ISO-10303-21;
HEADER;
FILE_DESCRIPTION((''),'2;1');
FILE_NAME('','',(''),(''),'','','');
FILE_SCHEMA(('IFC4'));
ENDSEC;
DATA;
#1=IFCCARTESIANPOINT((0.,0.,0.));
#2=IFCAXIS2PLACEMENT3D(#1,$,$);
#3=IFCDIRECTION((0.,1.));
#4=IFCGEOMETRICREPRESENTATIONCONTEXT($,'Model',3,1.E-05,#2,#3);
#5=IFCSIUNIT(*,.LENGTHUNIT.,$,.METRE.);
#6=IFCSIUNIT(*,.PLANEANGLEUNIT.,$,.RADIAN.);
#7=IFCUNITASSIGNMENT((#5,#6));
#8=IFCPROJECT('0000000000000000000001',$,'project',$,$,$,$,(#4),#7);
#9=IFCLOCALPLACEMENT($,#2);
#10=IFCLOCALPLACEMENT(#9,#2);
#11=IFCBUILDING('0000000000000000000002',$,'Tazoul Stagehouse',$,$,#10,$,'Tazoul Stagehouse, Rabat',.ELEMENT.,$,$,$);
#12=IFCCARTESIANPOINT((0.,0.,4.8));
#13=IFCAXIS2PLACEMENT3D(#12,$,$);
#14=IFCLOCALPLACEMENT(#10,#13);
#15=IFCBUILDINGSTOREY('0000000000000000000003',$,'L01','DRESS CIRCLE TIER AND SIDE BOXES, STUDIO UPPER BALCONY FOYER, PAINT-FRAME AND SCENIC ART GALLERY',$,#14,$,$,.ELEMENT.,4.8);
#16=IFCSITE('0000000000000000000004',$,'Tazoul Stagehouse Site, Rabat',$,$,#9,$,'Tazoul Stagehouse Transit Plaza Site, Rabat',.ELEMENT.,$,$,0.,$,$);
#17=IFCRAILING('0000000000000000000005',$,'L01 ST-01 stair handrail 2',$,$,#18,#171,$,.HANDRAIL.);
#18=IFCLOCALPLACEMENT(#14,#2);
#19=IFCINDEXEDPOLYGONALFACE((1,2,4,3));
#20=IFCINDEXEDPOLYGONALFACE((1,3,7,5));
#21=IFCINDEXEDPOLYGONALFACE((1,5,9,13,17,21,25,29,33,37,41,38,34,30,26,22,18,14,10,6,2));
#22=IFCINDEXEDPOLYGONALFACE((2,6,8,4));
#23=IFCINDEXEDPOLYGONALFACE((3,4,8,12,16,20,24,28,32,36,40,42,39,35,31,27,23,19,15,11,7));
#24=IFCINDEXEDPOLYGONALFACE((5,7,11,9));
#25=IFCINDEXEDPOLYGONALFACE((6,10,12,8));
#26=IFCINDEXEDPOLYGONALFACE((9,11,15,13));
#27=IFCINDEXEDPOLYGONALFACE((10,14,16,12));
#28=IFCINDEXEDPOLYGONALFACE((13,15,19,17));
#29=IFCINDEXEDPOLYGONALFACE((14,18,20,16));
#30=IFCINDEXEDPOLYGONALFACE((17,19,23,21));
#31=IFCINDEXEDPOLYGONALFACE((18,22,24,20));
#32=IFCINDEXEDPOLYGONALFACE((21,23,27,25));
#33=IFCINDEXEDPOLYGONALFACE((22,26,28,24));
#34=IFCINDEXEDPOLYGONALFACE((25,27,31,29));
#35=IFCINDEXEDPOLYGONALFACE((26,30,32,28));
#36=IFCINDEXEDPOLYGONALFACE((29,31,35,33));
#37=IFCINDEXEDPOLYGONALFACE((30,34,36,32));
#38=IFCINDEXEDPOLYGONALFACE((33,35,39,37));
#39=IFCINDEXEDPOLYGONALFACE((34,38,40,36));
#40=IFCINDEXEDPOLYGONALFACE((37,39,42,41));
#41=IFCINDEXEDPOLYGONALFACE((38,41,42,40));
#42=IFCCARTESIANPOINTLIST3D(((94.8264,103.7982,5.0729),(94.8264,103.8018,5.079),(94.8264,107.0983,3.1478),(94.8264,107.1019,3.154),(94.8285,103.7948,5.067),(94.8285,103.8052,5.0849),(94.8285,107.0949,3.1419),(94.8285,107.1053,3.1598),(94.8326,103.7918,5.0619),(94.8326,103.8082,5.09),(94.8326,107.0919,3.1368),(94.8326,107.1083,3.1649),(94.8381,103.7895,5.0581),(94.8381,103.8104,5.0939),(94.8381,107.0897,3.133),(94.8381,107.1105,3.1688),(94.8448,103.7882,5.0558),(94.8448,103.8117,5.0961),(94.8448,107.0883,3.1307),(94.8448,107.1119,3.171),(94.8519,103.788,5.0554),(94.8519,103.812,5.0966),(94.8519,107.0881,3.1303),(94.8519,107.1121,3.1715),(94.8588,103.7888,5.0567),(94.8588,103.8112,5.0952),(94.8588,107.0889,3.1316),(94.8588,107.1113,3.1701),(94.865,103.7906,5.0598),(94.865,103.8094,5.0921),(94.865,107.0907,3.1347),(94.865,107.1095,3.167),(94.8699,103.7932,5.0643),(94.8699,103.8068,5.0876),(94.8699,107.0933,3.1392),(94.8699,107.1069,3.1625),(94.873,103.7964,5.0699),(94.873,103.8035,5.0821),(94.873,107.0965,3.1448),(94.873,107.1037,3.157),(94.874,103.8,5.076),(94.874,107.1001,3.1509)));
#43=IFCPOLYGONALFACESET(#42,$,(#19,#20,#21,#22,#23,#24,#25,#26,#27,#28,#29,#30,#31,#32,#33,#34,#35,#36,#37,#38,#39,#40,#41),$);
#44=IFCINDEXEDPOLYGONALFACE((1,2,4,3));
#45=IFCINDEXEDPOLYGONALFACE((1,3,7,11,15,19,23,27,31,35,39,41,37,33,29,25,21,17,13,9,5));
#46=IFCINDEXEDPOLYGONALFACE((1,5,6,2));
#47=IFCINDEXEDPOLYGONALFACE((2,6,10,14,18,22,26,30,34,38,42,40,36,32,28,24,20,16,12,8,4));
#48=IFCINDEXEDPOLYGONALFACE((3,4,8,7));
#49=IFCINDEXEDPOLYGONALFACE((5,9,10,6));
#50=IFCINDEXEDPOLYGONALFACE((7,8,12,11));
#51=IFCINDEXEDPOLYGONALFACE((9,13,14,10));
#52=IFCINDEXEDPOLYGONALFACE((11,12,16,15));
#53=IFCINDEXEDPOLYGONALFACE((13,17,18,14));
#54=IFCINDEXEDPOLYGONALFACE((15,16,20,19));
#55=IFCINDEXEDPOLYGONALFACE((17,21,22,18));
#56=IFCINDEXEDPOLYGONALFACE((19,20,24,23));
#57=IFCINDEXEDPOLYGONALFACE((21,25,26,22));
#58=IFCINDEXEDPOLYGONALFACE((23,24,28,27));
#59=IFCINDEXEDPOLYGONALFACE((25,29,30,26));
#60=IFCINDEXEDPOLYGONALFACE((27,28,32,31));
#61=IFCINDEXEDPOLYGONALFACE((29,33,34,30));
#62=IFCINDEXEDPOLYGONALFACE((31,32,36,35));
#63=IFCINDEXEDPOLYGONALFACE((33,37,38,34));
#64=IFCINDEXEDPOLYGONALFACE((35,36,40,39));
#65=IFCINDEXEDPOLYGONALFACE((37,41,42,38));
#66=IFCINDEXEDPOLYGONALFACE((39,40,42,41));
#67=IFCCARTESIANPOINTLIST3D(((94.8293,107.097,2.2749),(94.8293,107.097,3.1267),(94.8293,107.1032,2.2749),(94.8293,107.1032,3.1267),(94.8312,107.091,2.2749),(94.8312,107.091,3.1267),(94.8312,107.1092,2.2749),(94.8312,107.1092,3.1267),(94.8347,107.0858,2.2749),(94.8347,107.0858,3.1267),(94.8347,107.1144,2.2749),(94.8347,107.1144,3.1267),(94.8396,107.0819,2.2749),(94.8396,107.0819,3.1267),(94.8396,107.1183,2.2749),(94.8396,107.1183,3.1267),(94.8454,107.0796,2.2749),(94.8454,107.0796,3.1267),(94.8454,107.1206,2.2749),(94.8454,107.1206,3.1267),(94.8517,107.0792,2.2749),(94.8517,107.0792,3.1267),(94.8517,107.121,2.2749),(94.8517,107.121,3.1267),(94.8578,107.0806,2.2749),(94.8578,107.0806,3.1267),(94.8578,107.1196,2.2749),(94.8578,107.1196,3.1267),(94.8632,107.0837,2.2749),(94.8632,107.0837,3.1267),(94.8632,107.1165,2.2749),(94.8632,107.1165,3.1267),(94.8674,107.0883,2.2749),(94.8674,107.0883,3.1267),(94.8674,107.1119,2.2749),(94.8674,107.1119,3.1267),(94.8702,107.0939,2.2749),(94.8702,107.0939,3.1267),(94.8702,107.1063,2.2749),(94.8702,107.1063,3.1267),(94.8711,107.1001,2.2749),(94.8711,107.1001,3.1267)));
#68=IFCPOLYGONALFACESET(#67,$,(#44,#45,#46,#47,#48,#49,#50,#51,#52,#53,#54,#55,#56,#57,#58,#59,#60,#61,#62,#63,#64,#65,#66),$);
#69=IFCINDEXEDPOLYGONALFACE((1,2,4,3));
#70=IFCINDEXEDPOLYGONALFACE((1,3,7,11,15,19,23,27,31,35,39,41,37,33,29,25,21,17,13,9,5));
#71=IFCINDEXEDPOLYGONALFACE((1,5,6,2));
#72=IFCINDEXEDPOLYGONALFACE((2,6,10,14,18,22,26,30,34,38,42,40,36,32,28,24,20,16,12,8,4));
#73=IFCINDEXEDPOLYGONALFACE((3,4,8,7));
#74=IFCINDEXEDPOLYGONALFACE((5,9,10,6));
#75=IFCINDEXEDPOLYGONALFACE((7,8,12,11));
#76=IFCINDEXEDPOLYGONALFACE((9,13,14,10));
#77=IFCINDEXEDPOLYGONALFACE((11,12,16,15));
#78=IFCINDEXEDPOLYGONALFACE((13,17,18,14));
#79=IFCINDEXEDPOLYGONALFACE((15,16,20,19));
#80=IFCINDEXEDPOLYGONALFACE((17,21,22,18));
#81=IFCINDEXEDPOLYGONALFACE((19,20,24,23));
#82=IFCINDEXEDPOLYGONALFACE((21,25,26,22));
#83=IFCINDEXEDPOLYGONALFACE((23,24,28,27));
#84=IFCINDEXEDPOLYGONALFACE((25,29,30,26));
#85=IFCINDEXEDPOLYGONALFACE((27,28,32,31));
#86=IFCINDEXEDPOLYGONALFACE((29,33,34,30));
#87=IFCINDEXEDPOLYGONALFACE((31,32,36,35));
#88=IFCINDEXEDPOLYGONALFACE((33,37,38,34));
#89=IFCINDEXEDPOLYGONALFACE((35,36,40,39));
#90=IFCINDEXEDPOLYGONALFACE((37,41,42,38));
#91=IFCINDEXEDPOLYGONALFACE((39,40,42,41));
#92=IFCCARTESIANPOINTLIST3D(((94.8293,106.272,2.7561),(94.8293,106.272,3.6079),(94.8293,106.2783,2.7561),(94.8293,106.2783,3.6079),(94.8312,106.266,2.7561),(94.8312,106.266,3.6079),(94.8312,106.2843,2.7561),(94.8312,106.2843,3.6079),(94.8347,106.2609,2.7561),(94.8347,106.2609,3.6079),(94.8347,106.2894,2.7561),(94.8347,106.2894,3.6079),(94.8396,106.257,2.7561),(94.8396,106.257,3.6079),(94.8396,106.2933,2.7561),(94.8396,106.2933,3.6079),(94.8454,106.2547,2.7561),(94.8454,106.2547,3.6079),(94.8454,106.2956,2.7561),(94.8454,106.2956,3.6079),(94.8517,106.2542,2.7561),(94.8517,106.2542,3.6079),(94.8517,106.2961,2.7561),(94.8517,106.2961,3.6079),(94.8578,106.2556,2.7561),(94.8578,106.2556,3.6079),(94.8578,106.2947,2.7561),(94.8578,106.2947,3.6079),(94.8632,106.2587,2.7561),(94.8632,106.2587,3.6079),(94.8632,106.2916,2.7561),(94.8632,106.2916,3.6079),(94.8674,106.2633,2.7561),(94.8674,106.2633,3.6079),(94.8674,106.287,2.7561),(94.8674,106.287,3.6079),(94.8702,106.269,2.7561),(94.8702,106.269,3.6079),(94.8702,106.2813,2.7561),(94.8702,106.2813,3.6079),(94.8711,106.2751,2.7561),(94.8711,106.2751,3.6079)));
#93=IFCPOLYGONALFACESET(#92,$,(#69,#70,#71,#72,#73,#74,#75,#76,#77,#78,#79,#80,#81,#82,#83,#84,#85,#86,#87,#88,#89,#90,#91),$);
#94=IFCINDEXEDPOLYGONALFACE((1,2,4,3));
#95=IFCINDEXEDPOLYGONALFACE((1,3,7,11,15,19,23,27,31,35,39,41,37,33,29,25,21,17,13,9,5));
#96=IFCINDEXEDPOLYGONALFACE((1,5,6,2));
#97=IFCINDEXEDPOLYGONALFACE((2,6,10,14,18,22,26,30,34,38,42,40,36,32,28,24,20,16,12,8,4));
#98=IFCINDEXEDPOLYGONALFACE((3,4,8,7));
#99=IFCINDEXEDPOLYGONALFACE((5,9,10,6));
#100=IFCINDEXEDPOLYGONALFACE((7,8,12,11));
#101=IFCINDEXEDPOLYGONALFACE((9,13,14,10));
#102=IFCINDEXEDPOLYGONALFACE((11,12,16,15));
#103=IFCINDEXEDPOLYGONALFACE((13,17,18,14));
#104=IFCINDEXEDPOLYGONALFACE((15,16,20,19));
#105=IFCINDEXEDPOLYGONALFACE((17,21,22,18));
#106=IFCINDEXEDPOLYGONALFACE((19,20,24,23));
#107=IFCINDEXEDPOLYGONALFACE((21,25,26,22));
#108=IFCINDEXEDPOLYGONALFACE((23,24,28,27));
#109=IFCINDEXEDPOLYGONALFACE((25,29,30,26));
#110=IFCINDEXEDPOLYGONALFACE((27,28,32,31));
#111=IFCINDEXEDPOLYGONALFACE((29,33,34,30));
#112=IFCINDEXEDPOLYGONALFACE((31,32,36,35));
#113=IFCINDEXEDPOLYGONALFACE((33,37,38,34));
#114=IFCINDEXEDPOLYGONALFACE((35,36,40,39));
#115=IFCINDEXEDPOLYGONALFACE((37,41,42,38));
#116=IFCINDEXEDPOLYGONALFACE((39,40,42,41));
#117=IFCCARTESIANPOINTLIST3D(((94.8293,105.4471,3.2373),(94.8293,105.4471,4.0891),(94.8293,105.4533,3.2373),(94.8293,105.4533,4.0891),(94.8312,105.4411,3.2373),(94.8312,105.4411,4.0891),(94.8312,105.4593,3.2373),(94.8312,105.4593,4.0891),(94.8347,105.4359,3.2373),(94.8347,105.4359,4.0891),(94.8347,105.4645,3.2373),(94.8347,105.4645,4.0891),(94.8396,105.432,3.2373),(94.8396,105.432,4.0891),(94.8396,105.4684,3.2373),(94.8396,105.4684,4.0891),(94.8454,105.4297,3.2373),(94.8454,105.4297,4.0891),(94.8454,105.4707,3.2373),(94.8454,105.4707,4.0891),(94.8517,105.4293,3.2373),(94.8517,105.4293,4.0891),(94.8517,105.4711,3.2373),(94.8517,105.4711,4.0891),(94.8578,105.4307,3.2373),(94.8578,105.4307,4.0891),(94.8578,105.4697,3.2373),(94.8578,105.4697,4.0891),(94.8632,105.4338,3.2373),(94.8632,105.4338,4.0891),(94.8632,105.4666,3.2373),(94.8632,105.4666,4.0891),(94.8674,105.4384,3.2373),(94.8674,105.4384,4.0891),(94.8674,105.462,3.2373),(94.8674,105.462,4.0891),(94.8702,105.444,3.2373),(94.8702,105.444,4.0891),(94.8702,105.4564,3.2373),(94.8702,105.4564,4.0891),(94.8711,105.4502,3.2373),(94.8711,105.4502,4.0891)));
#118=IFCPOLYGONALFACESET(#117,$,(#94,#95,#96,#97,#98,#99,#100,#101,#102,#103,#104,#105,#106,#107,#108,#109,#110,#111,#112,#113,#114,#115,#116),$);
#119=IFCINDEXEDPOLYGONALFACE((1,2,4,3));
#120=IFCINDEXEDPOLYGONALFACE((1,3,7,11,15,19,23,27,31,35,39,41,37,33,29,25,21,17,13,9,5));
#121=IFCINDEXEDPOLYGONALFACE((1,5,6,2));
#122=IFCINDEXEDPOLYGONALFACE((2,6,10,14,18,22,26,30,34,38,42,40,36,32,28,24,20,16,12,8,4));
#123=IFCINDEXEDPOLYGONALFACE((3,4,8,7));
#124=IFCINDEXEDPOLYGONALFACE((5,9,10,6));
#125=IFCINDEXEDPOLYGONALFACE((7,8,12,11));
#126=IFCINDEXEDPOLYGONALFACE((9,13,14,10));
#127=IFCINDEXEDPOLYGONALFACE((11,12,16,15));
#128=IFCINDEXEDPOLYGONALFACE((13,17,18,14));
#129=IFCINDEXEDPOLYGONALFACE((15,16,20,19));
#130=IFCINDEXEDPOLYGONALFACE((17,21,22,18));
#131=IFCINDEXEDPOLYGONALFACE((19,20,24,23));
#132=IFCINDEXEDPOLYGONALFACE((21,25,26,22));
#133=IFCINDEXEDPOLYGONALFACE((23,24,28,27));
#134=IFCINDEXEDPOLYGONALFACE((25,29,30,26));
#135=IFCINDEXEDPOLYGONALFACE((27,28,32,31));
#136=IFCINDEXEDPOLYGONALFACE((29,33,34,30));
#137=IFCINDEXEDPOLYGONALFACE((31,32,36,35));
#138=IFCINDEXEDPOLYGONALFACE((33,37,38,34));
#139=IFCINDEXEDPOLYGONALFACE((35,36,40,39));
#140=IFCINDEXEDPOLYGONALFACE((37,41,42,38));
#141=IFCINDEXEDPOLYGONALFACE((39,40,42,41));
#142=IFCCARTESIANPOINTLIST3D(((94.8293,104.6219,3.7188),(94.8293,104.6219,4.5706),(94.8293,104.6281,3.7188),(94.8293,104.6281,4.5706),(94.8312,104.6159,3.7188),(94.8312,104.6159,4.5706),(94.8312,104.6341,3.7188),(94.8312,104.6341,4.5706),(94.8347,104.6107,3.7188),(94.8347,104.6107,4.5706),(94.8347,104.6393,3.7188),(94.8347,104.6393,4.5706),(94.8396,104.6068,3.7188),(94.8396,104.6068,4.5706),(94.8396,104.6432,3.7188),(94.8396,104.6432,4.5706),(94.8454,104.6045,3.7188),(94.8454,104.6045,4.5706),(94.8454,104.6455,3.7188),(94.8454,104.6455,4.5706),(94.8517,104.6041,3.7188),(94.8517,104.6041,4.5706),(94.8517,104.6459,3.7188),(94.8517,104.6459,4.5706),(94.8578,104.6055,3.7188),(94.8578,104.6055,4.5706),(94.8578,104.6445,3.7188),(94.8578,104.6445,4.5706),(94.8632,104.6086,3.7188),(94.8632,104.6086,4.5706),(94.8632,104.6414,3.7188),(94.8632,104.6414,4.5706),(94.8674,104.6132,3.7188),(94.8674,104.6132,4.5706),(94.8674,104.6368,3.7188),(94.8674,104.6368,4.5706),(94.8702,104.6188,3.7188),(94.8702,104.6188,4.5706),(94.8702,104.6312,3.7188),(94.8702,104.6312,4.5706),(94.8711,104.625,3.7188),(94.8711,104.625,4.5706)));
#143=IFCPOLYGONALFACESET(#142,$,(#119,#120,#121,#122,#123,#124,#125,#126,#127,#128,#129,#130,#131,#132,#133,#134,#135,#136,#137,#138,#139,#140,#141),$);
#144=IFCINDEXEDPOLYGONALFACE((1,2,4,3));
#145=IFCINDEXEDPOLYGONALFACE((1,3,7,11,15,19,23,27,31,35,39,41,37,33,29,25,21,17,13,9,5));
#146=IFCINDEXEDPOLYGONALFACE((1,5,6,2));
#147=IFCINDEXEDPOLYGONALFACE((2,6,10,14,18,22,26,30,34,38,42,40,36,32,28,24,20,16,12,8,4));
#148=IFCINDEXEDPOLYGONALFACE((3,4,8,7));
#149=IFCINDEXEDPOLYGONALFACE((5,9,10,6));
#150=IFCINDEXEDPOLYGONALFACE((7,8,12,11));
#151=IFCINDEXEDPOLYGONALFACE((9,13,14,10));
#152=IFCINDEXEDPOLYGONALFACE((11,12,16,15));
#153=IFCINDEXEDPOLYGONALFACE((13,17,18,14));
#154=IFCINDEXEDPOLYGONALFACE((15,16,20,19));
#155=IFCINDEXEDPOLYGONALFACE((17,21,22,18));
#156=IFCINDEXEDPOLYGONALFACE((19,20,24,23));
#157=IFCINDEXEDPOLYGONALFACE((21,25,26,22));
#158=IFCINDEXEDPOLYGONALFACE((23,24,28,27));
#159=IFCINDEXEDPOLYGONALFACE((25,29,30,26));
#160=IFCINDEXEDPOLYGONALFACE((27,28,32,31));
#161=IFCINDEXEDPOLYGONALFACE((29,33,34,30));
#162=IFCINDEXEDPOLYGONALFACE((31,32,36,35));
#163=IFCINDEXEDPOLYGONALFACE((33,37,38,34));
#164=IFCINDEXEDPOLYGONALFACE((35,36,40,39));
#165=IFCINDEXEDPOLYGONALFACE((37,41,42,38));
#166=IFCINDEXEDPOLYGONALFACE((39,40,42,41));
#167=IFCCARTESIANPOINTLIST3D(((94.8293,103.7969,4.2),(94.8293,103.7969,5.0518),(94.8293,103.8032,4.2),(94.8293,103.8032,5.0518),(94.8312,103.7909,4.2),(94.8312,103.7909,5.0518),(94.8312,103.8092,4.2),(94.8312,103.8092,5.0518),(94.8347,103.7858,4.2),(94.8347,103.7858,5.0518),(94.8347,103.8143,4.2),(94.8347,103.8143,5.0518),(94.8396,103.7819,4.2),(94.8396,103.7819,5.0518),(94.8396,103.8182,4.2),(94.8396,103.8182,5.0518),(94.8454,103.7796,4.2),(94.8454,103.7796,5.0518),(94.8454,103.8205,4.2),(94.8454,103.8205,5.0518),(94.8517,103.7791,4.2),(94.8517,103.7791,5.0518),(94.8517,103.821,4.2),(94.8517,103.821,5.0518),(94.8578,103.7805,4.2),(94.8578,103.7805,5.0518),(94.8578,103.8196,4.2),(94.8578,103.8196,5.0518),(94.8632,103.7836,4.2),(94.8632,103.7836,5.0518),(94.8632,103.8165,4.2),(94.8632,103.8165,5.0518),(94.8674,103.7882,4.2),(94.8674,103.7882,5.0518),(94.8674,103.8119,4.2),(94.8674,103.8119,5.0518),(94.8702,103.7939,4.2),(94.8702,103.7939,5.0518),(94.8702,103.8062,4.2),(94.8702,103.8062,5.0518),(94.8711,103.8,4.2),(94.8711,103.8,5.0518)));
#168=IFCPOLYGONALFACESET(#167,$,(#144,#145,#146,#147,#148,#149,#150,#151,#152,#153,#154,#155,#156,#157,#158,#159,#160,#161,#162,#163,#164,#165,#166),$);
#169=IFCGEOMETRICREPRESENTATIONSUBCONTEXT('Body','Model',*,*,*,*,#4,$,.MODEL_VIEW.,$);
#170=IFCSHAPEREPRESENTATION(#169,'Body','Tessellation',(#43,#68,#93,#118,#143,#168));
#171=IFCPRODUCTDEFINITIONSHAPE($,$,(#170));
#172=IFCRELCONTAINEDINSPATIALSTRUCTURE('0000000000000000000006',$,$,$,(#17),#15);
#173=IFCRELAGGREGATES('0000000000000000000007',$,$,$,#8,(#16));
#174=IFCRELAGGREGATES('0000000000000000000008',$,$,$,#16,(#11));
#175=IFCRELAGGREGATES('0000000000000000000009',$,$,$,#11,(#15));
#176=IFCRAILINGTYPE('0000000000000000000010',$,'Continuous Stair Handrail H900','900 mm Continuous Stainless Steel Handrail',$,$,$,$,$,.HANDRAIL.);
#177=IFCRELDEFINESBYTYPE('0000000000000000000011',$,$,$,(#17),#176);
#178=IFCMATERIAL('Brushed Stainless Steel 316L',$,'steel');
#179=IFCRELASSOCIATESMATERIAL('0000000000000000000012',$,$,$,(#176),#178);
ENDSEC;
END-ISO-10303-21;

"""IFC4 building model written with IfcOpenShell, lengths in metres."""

from ifc_helpers import new_model, si_unit, direction, frame, origin, origin_2d, place, context, subcontext, project, spatial, circle, extrude, material, material_profile, profile_set, type_object, element, save


model = new_model("IFC4")

# Units and contexts
model_context = context("Model", 3, precision=1e-05, world=origin(), true_north=direction((0.0, 1.0)))
body_context = subcontext(model_context, "Body", "Model", "MODEL_VIEW")
ifc_project = project(units=[si_unit("LENGTHUNIT", "METRE"), si_unit("PLANEANGLEUNIT", "RADIAN")], contexts=[model_context])

# Site, building, storey
site_placement = place(None, origin())
site = spatial("IfcSite", under=ifc_project, at=site_placement, Name="Tazoul Stagehouse Site, Rabat", LongName="Tazoul Stagehouse Transit Plaza Site, Rabat", CompositionType="ELEMENT", RefElevation=0.0)
building_placement = place(site_placement, origin())
building = spatial("IfcBuilding", under=site, at=building_placement, Name="Tazoul Stagehouse", LongName="Tazoul Stagehouse, Rabat", CompositionType="ELEMENT")
storey_placement = place(building_placement, frame((0.0, 0.0, 4.8)))
storey = spatial("IfcBuildingStorey", under=building, at=storey_placement, Name="L01", Description="DRESS CIRCLE TIER AND SIDE BOXES, STUDIO UPPER BALCONY FOYER, PAINT-FRAME AND SCENIC ART GALLERY", CompositionType="ELEMENT", Elevation=4.8)

# Railing
ifc_material_1 = material(Name="Brushed Stainless Steel 316L", Category="steel")
ifc_material_profile_1 = material_profile(ifc_material_1, circle(Radius=0.021, at=origin_2d()), Name="SS HANDRAIL D42")
ifc_profile_set_1 = profile_set([ifc_material_profile_1], Name="Brushed Stainless Steel 316L")
railing_type_1 = type_object("IfcRailingType", Name="Continuous Stair Handrail H900", Description="900 mm Continuous Stainless Steel Handrail", PredefinedType="HANDRAIL", material=ifc_profile_set_1)
railing_1_placement = place(storey_placement, frame((94.8501, 107.1001, 2.2749)))
element("IfcRailing", 1, at=railing_1_placement, inside=storey, type_object=railing_type_1, Name="L01 ST-01 stair handrail 2", PredefinedType="HANDRAIL", context=body_context, shape_type="SweptSolid", body=[
    extrude(circle(Radius=0.0239, at=origin_2d()), frame((0.0, 0.0, 0.876), z_axis=(0.0, -0.863777, 0.503875), x_axis=(1.0, 0.0, 0.0)), (0.0, 0.0, 1.0), 3.8206),
    extrude(circle(Radius=0.021, at=origin_2d()), origin(), (0.0, 0.0, 1.0), 0.8518),
    extrude(circle(Radius=0.021, at=origin_2d()), frame((0.0, -0.825, 0.4812)), (0.0, 0.0, 1.0), 0.8518),
    extrude(circle(Radius=0.021, at=origin_2d()), frame((0.0, -1.6499, 0.9624)), (0.0, 0.0, 1.0), 0.8518),
    extrude(circle(Radius=0.021, at=origin_2d()), frame((0.0, -2.4751, 1.4438)), (0.0, 0.0, 1.0), 0.8518),
    extrude(circle(Radius=0.021, at=origin_2d()), frame((0.0, -3.3, 1.925)), (0.0, 0.0, 1.0), 0.8518),
])

save(model, "model.ifc")
